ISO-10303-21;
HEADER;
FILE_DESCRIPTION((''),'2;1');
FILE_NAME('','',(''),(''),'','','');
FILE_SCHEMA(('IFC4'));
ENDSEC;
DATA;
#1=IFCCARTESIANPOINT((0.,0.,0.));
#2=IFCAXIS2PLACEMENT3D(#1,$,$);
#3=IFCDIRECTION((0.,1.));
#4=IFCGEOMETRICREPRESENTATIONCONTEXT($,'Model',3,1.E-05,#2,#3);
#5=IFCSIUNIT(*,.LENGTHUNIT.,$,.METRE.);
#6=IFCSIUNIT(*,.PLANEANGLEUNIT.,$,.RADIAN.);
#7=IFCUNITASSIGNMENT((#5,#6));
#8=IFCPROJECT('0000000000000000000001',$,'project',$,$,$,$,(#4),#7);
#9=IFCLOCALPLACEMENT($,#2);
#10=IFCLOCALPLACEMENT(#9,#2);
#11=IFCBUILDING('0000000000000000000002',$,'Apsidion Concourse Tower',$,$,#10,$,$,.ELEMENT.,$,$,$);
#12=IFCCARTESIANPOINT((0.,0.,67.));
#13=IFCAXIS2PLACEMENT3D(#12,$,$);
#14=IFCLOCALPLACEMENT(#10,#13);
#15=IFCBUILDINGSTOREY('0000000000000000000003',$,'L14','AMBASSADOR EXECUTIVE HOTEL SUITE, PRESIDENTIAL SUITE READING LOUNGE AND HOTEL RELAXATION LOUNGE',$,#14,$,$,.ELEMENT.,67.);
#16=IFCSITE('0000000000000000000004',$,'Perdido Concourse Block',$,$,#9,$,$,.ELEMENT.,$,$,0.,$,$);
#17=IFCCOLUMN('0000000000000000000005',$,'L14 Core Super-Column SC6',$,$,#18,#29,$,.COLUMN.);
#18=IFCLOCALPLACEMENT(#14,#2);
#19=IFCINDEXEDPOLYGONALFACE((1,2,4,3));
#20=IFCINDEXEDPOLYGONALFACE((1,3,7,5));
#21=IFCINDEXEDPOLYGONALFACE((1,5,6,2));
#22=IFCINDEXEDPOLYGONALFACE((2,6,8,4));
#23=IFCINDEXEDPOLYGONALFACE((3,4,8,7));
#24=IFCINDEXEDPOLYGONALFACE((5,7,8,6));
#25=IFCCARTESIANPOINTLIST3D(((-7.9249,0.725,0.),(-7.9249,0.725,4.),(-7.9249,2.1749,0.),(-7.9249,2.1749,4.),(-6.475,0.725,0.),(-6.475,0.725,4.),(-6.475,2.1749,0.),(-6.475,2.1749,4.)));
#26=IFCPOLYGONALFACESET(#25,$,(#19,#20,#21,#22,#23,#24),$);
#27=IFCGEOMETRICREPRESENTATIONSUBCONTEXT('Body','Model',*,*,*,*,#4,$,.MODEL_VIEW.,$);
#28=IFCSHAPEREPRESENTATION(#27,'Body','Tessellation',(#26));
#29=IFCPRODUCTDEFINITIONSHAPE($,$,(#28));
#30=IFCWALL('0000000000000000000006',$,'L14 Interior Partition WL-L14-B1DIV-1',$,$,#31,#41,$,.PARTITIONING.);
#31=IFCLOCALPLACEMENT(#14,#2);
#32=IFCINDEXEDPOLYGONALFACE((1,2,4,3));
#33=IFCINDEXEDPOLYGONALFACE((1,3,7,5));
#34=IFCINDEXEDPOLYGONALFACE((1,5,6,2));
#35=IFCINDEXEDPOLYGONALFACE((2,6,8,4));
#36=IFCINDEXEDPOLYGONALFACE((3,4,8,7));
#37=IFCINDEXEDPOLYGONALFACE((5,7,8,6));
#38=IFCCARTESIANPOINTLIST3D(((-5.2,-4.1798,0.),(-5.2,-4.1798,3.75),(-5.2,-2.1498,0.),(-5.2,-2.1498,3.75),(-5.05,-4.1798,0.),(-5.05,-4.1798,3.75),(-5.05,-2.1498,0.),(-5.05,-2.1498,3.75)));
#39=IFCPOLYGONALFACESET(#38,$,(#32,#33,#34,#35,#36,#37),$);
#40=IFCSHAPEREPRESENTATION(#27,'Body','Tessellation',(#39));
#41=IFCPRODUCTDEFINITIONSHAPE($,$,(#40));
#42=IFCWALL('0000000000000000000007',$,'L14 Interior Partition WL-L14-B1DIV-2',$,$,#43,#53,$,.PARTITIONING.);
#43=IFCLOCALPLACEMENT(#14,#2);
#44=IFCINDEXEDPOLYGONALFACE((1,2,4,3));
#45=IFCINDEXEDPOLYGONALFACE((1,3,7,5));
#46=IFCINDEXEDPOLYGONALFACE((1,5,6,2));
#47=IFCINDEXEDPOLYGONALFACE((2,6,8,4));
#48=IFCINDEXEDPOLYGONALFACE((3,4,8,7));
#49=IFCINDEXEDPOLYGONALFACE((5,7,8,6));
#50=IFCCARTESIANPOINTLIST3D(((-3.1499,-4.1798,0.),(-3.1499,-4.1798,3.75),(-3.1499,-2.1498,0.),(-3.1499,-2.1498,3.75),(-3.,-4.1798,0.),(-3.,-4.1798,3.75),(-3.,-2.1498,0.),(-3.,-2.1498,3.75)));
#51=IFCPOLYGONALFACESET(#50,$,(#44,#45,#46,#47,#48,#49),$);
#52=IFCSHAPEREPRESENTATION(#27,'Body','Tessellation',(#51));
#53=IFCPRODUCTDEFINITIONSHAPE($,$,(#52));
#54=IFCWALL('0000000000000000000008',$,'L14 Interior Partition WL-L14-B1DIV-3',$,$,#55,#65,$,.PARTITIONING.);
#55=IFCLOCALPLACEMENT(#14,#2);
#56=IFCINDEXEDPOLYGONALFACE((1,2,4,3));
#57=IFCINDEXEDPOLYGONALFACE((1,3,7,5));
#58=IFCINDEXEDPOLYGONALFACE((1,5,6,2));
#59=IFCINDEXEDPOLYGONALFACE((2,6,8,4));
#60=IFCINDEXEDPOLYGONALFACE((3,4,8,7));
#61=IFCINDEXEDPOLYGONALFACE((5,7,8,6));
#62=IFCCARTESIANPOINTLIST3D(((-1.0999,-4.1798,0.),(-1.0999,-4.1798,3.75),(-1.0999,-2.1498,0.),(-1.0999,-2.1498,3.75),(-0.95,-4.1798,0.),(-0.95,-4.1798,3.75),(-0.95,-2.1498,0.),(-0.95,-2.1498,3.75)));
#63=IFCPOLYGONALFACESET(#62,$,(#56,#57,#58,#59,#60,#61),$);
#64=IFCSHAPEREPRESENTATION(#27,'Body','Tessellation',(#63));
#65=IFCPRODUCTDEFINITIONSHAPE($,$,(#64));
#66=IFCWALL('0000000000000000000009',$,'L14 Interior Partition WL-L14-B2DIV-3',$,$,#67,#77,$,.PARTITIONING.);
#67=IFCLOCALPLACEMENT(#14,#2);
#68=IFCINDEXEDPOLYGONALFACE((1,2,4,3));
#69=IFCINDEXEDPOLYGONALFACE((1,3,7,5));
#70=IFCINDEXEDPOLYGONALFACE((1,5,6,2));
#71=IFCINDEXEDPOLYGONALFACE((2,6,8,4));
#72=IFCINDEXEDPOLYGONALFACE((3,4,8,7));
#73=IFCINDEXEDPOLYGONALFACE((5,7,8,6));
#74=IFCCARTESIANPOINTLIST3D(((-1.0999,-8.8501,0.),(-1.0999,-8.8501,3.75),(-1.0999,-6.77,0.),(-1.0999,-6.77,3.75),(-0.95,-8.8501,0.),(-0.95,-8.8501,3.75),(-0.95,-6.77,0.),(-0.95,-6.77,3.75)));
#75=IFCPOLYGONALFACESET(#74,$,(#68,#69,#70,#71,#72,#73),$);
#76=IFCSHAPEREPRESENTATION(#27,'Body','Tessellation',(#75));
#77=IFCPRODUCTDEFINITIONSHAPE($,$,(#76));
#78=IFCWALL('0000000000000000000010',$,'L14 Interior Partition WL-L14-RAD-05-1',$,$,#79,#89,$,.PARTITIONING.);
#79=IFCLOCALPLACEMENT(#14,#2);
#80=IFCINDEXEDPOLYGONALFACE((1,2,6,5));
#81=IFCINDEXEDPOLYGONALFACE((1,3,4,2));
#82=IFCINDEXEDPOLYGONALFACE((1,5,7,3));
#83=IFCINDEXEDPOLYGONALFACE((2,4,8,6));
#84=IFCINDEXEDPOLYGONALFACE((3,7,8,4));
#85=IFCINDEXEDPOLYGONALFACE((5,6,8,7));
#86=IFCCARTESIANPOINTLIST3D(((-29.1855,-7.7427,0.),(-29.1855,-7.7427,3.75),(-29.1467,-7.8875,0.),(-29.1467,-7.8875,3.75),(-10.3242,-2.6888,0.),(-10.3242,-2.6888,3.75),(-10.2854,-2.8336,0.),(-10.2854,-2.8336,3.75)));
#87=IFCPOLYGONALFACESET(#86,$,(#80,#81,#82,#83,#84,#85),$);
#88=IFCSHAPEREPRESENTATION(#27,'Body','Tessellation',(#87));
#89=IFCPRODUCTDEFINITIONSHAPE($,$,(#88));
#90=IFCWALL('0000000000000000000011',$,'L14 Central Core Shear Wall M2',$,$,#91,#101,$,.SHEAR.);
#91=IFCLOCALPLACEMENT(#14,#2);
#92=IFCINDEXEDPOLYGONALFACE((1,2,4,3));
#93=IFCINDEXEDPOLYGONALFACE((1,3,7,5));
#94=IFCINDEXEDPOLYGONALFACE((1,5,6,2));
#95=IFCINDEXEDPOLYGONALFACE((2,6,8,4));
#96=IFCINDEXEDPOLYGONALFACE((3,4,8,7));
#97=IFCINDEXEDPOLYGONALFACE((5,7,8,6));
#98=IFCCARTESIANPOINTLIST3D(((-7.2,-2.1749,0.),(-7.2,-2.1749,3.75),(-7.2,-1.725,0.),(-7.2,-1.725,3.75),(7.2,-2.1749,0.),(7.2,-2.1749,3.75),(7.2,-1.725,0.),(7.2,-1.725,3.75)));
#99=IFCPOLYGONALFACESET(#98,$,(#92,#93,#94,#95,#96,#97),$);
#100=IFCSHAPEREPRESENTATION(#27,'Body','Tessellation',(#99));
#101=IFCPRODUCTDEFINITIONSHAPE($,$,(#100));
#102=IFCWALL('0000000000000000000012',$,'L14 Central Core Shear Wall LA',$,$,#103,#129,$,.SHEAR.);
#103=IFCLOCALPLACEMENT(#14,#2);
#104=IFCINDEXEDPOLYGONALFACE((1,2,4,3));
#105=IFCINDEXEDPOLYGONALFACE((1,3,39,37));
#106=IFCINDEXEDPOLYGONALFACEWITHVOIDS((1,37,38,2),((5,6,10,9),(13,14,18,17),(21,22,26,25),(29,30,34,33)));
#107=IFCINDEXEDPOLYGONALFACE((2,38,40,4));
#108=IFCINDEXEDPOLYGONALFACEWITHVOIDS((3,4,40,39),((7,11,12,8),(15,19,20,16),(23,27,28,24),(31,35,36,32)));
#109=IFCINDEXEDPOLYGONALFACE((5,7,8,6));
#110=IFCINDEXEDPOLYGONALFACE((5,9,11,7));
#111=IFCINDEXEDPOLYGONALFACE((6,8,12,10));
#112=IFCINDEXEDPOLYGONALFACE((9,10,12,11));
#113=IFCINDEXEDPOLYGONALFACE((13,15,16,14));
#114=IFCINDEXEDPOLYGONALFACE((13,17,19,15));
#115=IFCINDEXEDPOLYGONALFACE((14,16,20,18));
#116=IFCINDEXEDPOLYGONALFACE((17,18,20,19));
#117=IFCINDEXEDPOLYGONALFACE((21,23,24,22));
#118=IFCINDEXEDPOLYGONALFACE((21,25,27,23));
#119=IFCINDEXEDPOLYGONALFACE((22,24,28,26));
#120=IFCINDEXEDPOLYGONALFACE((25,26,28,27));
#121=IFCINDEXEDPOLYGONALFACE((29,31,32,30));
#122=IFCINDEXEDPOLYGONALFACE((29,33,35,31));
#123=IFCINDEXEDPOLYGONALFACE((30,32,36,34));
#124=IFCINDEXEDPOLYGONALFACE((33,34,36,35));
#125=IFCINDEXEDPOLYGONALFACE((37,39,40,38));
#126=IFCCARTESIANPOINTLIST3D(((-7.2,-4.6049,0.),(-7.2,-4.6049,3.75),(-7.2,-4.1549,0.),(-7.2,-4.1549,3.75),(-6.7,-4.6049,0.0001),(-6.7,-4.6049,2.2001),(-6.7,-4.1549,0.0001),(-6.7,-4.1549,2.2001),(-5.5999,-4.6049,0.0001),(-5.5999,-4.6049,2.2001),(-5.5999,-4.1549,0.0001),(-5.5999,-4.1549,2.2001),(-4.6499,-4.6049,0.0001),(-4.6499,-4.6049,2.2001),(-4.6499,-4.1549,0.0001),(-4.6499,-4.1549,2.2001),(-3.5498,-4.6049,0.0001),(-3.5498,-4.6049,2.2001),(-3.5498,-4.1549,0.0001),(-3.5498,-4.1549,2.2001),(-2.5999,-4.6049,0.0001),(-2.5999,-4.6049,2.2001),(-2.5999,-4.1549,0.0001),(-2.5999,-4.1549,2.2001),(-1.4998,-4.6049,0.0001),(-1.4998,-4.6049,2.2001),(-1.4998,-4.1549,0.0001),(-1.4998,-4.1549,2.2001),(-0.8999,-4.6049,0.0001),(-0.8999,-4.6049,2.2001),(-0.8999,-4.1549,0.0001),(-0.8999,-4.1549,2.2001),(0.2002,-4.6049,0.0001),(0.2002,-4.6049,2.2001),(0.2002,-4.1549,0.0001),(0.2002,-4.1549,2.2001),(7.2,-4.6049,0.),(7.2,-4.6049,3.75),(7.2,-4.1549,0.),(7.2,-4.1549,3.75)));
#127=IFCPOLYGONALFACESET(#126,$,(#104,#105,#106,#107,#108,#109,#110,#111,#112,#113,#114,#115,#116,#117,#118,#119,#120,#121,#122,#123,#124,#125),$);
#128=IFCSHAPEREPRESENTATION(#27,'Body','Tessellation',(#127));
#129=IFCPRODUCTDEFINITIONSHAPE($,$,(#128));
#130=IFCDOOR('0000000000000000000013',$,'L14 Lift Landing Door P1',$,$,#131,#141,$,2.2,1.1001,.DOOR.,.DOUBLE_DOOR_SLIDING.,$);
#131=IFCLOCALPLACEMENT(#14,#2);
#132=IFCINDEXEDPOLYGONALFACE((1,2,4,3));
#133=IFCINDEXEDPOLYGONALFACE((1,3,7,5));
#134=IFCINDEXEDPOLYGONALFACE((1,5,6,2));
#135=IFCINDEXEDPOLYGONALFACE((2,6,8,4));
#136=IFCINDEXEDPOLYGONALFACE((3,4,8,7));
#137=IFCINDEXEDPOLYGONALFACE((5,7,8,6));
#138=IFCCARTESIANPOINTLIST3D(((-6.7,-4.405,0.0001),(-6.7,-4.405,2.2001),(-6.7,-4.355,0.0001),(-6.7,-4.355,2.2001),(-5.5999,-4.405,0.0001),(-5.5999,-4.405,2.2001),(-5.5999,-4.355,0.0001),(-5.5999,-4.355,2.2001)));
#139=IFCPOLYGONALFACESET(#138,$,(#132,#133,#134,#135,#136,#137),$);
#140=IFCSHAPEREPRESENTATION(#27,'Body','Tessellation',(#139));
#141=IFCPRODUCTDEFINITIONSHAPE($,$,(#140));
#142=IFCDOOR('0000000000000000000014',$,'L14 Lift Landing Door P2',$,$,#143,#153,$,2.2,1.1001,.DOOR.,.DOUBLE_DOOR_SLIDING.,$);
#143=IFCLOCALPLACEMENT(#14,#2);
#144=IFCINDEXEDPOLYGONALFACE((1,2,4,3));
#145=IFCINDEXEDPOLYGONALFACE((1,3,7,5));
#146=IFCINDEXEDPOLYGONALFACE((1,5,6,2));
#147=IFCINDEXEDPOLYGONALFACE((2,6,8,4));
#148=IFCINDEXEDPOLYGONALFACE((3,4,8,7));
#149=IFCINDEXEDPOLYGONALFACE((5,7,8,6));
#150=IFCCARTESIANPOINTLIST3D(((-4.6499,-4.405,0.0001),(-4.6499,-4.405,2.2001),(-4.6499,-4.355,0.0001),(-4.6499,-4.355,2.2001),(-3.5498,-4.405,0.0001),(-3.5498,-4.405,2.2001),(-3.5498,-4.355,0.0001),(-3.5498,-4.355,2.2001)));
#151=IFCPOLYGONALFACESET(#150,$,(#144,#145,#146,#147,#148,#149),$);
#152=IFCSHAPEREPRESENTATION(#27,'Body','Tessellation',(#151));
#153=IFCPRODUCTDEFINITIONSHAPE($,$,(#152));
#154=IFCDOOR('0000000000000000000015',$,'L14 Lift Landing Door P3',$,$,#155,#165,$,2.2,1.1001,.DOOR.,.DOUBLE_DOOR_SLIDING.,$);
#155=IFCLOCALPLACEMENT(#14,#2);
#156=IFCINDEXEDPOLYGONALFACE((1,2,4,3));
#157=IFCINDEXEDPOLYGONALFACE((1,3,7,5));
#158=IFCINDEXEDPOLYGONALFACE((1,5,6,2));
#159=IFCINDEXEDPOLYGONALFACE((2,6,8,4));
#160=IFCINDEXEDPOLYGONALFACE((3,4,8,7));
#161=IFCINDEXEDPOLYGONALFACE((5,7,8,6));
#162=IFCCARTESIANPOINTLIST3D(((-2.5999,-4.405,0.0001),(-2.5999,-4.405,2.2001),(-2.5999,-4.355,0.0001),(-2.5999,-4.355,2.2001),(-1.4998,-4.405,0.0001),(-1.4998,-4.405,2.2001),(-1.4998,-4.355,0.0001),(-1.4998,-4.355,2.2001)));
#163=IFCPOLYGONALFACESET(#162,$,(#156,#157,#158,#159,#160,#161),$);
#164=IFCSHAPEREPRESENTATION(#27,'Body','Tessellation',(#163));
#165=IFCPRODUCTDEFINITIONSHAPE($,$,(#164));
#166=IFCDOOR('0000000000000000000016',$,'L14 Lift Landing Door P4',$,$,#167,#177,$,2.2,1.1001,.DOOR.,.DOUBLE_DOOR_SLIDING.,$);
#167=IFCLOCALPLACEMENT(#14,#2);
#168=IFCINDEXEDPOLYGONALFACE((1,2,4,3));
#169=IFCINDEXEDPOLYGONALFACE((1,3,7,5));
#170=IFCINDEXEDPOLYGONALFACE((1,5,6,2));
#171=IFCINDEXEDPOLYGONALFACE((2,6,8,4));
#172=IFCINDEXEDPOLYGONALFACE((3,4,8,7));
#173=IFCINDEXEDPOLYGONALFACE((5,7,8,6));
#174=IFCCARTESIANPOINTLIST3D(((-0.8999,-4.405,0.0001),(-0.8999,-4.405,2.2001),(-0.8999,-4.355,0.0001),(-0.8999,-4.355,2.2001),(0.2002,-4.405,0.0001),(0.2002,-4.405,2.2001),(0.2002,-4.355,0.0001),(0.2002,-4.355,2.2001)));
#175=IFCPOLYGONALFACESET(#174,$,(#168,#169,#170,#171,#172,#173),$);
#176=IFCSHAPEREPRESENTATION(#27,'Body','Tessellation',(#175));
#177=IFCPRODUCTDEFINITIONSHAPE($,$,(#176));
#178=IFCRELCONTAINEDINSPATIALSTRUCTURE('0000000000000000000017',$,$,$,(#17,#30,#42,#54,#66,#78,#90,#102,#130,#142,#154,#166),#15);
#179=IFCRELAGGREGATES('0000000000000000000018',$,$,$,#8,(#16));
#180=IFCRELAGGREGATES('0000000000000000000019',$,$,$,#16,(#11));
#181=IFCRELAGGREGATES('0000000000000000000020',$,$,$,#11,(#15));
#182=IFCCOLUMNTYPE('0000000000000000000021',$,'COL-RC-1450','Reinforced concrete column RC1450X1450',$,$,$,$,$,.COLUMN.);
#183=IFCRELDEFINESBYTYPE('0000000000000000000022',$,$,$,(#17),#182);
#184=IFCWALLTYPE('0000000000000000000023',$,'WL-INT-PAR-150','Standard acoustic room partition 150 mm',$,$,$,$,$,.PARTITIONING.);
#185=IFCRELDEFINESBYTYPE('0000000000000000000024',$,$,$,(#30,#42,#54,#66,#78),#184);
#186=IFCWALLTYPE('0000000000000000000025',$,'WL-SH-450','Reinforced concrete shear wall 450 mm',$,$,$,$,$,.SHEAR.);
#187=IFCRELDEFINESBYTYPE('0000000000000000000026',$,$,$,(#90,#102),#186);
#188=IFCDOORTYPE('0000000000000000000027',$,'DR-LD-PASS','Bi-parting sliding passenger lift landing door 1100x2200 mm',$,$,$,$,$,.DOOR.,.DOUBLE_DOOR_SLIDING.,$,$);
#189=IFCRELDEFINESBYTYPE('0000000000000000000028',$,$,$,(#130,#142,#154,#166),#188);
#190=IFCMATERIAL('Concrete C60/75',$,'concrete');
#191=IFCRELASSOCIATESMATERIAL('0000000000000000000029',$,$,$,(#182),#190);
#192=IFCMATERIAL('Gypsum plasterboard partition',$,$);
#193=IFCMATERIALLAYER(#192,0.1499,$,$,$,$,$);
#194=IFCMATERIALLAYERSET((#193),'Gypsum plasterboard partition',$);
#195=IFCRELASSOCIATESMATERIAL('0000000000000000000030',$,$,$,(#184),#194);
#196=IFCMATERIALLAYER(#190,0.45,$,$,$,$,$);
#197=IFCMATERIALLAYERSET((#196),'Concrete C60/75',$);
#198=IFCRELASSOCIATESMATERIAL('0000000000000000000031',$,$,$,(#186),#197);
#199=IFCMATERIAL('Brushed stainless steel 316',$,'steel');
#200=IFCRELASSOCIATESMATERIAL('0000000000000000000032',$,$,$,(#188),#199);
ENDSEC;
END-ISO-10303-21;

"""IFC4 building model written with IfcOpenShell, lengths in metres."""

from ifc_helpers import new_model, si_unit, direction, frame, frame_2d, origin, origin_2d, place, context, subcontext, project, spatial, rectangle, extrude, material, layer, layer_set, material_profile, profile_set, type_object, element, fill, save


model = new_model("IFC4")

# Units and contexts
model_context = context("Model", 3, precision=1e-05, world=origin(), true_north=direction((0.0, 1.0)))
body_context = subcontext(model_context, "Body", "Model", "MODEL_VIEW")
ifc_project = project(units=[si_unit("LENGTHUNIT", "METRE"), si_unit("PLANEANGLEUNIT", "RADIAN")], contexts=[model_context])

# Site, building, storey
site_placement = place(None, origin())
site = spatial("IfcSite", under=ifc_project, at=site_placement, Name="Perdido Concourse Block", CompositionType="ELEMENT", RefElevation=0.0)
building_placement = place(site_placement, origin())
building = spatial("IfcBuilding", under=site, at=building_placement, Name="Apsidion Concourse Tower", CompositionType="ELEMENT")
storey_placement = place(building_placement, frame((0.0, 0.0, 67.0)))
storey = spatial("IfcBuildingStorey", under=building, at=storey_placement, Name="L14", Description="AMBASSADOR EXECUTIVE HOTEL SUITE, PRESIDENTIAL SUITE READING LOUNGE AND HOTEL RELAXATION LOUNGE", CompositionType="ELEMENT", Elevation=67.0)

# Column
ifc_material_1 = material(Name="Concrete C60/75", Category="concrete")
ifc_material_profile = material_profile(ifc_material_1, rectangle(XDim=1.45, YDim=1.45, at=origin_2d()), Name="RC 1450x1450")
ifc_profile_set = profile_set([ifc_material_profile], Name="Concrete C60/75")
column_type = type_object("IfcColumnType", Name="COL-RC-1450", Description="Reinforced concrete column RC1450X1450", PredefinedType="COLUMN", material=ifc_profile_set)
column_placement = place(storey_placement, frame((-7.2, 1.45, 0.0), z_axis=(0.0, 0.0, 1.0), x_axis=(1.0, 0.0, 0.0)))
element("IfcColumn", 1, at=column_placement, inside=storey, type_object=column_type, Name="L14 Core Super-Column SC6", PredefinedType="COLUMN", context=body_context, shape_type="SweptSolid", body=[
    extrude(rectangle(XDim=1.45, YDim=1.45, at=origin_2d()), origin(), (0.0, 0.0, 1.0), 4.0),
])

# Walls
ifc_material_2 = material(Name="Gypsum plasterboard partition")
ifc_layer_1 = layer(ifc_material_2, 0.1499)
ifc_layer_set_1 = layer_set([ifc_layer_1], Name="Gypsum plasterboard partition")
wall_type_1 = type_object("IfcWallType", Name="WL-INT-PAR-150", Description="Standard acoustic room partition 150 mm", PredefinedType="PARTITIONING", material=ifc_layer_set_1)
for number, where, z_axis, x_axis, name in (
    (2, (-5.125, -4.1799, 0.0), (0.0, 0.0, 1.0), (0.0, 1.0, 0.0), "L14 Interior Partition WL-L14-B1DIV-1"),
    (3, (-3.075, -4.1799, 0.0), (0.0, 0.0, 1.0), (0.0, 1.0, 0.0), "L14 Interior Partition WL-L14-B1DIV-2"),
    (4, (-1.0249, -4.1799, 0.0), (0.0, 0.0, 1.0), (0.0, 1.0, 0.0), "L14 Interior Partition WL-L14-B1DIV-3"),
):
    element("IfcWall", number, at=place(storey_placement, frame(where, z_axis=z_axis, x_axis=x_axis)), inside=storey, type_object=wall_type_1, Name=name, PredefinedType="PARTITIONING", context=body_context, shape_type="SweptSolid", body=[
        extrude(rectangle(XDim=2.03, YDim=0.1499, at=frame_2d((1.0151, 0.0))), origin(), (0.0, 0.0, 1.0), 3.75),
    ])
wall_1_placement = place(storey_placement, frame((-1.0249, -8.8501, 0.0), z_axis=(0.0, 0.0, 1.0), x_axis=(0.0, 1.0, 0.0)))
element("IfcWall", 5, at=wall_1_placement, inside=storey, type_object=wall_type_1, Name="L14 Interior Partition WL-L14-B2DIV-3", PredefinedType="PARTITIONING", context=body_context, shape_type="SweptSolid", body=[
    extrude(rectangle(XDim=2.0801, YDim=0.1499, at=frame_2d((1.04, 0.0))), origin(), (0.0, 0.0, 1.0), 3.75),
])
wall_2_placement = place(storey_placement, frame((-10.3049, -2.7612, 0.0), z_axis=(0.0, 0.0, 1.0), x_axis=(-0.965925, -0.258823, 0.0)))
element("IfcWall", 6, at=wall_2_placement, inside=storey, type_object=wall_type_1, Name="L14 Interior Partition WL-L14-RAD-05-1", PredefinedType="PARTITIONING", context=body_context, shape_type="SweptSolid", body=[
    extrude(rectangle(XDim=19.5266, YDim=0.1499, at=frame_2d((9.7632, 0.0))), origin(), (0.0, 0.0, 1.0), 3.75),
])

# Shared definitions
ifc_material_3 = material(Name="Brushed stainless steel 316", Category="steel")

# Shared definitions
ifc_layer_2 = layer(ifc_material_1, 0.45)
ifc_layer_set_2 = layer_set([ifc_layer_2], Name="Concrete C60/75")
wall_type_2 = type_object("IfcWallType", Name="WL-SH-450", Description="Reinforced concrete shear wall 450 mm", PredefinedType="SHEAR", material=ifc_layer_set_2)

# Wall
wall_3_placement = place(storey_placement, frame((-7.2, -1.95, 0.0), z_axis=(0.0, 0.0, 1.0), x_axis=(1.0, 0.0, 0.0)))
element("IfcWall", 7, at=wall_3_placement, inside=storey, type_object=wall_type_2, Name="L14 Central Core Shear Wall M2", PredefinedType="SHEAR", context=body_context, shape_type="SweptSolid", body=[
    extrude(rectangle(XDim=14.3999, YDim=0.45, at=frame_2d((7.2, 0.0))), origin(), (0.0, 0.0, 1.0), 3.75),
])

# Wall, openings, doors
wall_4_placement = place(storey_placement, frame((-7.2, -4.3799, 0.0), z_axis=(0.0, 0.0, 1.0), x_axis=(1.0, 0.0, 0.0)))
wall_4 = element("IfcWall", 8, at=wall_4_placement, inside=storey, type_object=wall_type_2, Name="L14 Central Core Shear Wall LA", PredefinedType="SHEAR", context=body_context, shape_type="SweptSolid", body=[
    extrude(rectangle(XDim=14.3999, YDim=0.45, at=frame_2d((7.2, 0.0))), origin(), (0.0, 0.0, 1.0), 3.75),
])
opening_1_placement = place(wall_4_placement, frame((0.5, 0.0, 0.0)))
opening_1 = element("IfcOpeningElement", 9, at=opening_1_placement, cuts=wall_4, PredefinedType="OPENING", context=body_context, shape_type="SweptSolid", body=[
    extrude(rectangle(XDim=1.1001, YDim=2.2, at=frame_2d((0.55, 1.1001))), frame((0.0, 0.2349, 0.0), z_axis=(0.0, -1.0, 0.0), x_axis=(1.0, 0.0, 0.0)), (0.0, 0.0, 1.0), 0.47),
])
opening_2_placement = place(wall_4_placement, frame((2.55, 0.0, 0.0)))
opening_2 = element("IfcOpeningElement", 10, at=opening_2_placement, cuts=wall_4, PredefinedType="OPENING", context=body_context, shape_type="SweptSolid", body=[
    extrude(rectangle(XDim=1.1001, YDim=2.2, at=frame_2d((0.55, 1.1001))), frame((0.0, 0.2349, 0.0), z_axis=(0.0, -1.0, 0.0), x_axis=(1.0, 0.0, 0.0)), (0.0, 0.0, 1.0), 0.47),
])
opening_3_placement = place(wall_4_placement, frame((4.6001, 0.0, 0.0)))
opening_3 = element("IfcOpeningElement", 11, at=opening_3_placement, cuts=wall_4, PredefinedType="OPENING", context=body_context, shape_type="SweptSolid", body=[
    extrude(rectangle(XDim=1.1001, YDim=2.2, at=frame_2d((0.55, 1.1001))), frame((0.0, 0.2349, 0.0), z_axis=(0.0, -1.0, 0.0), x_axis=(1.0, 0.0, 0.0)), (0.0, 0.0, 1.0), 0.47),
])
opening_4_placement = place(wall_4_placement, frame((6.3, 0.0, 0.0)))
opening_4 = element("IfcOpeningElement", 12, at=opening_4_placement, cuts=wall_4, PredefinedType="OPENING", context=body_context, shape_type="SweptSolid", body=[
    extrude(rectangle(XDim=1.1001, YDim=2.2, at=frame_2d((0.55, 1.1001))), frame((0.0, 0.2349, 0.0), z_axis=(0.0, -1.0, 0.0), x_axis=(1.0, 0.0, 0.0)), (0.0, 0.0, 1.0), 0.47),
])
door_type_1 = type_object("IfcDoorType", Name="DR-LD-PASS", Description="Bi-parting sliding passenger lift landing door 1100x2200 mm", OperationType="DOUBLE_DOOR_SLIDING", PredefinedType="DOOR", material=ifc_material_3)
door_1_placement = place(opening_1_placement, origin())
door_1 = element("IfcDoor", 13, at=door_1_placement, inside=storey, type_object=door_type_1, Name="L14 Lift Landing Door P1", OperationType="DOUBLE_DOOR_SLIDING", OverallHeight=2.2, OverallWidth=1.1001, PredefinedType="DOOR", context=body_context, shape_type="SweptSolid", body=[
    extrude(rectangle(XDim=1.1001, YDim=2.2, at=frame_2d((0.55, 1.1001))), frame((0.0, 0.0249, 0.0), z_axis=(0.0, -1.0, 0.0), x_axis=(1.0, 0.0, 0.0)), (0.0, 0.0, 1.0), 0.05),
])
fill(opening_1, door_1)
door_2_placement = place(opening_2_placement, origin())
door_2 = element("IfcDoor", 14, at=door_2_placement, inside=storey, type_object=door_type_1, Name="L14 Lift Landing Door P2", OperationType="DOUBLE_DOOR_SLIDING", OverallHeight=2.2, OverallWidth=1.1001, PredefinedType="DOOR", context=body_context, shape_type="SweptSolid", body=[
    extrude(rectangle(XDim=1.1001, YDim=2.2, at=frame_2d((0.55, 1.1001))), frame((0.0, 0.0249, 0.0), z_axis=(0.0, -1.0, 0.0), x_axis=(1.0, 0.0, 0.0)), (0.0, 0.0, 1.0), 0.05),
])
fill(opening_2, door_2)
door_3_placement = place(opening_3_placement, origin())
door_3 = element("IfcDoor", 15, at=door_3_placement, inside=storey, type_object=door_type_1, Name="L14 Lift Landing Door P3", OperationType="DOUBLE_DOOR_SLIDING", OverallHeight=2.2, OverallWidth=1.1001, PredefinedType="DOOR", context=body_context, shape_type="SweptSolid", body=[
    extrude(rectangle(XDim=1.1001, YDim=2.2, at=frame_2d((0.55, 1.1001))), frame((0.0, 0.0249, 0.0), z_axis=(0.0, -1.0, 0.0), x_axis=(1.0, 0.0, 0.0)), (0.0, 0.0, 1.0), 0.05),
])
fill(opening_3, door_3)
door_4_placement = place(opening_4_placement, origin())
door_4 = element("IfcDoor", 16, at=door_4_placement, inside=storey, type_object=door_type_1, Name="L14 Lift Landing Door P4", OperationType="DOUBLE_DOOR_SLIDING", OverallHeight=2.2, OverallWidth=1.1001, PredefinedType="DOOR", context=body_context, shape_type="SweptSolid", body=[
    extrude(rectangle(XDim=1.1001, YDim=2.2, at=frame_2d((0.55, 1.1001))), frame((0.0, 0.0249, 0.0), z_axis=(0.0, -1.0, 0.0), x_axis=(1.0, 0.0, 0.0)), (0.0, 0.0, 1.0), 0.05),
])
fill(opening_4, door_4)

save(model, "model.ifc")
